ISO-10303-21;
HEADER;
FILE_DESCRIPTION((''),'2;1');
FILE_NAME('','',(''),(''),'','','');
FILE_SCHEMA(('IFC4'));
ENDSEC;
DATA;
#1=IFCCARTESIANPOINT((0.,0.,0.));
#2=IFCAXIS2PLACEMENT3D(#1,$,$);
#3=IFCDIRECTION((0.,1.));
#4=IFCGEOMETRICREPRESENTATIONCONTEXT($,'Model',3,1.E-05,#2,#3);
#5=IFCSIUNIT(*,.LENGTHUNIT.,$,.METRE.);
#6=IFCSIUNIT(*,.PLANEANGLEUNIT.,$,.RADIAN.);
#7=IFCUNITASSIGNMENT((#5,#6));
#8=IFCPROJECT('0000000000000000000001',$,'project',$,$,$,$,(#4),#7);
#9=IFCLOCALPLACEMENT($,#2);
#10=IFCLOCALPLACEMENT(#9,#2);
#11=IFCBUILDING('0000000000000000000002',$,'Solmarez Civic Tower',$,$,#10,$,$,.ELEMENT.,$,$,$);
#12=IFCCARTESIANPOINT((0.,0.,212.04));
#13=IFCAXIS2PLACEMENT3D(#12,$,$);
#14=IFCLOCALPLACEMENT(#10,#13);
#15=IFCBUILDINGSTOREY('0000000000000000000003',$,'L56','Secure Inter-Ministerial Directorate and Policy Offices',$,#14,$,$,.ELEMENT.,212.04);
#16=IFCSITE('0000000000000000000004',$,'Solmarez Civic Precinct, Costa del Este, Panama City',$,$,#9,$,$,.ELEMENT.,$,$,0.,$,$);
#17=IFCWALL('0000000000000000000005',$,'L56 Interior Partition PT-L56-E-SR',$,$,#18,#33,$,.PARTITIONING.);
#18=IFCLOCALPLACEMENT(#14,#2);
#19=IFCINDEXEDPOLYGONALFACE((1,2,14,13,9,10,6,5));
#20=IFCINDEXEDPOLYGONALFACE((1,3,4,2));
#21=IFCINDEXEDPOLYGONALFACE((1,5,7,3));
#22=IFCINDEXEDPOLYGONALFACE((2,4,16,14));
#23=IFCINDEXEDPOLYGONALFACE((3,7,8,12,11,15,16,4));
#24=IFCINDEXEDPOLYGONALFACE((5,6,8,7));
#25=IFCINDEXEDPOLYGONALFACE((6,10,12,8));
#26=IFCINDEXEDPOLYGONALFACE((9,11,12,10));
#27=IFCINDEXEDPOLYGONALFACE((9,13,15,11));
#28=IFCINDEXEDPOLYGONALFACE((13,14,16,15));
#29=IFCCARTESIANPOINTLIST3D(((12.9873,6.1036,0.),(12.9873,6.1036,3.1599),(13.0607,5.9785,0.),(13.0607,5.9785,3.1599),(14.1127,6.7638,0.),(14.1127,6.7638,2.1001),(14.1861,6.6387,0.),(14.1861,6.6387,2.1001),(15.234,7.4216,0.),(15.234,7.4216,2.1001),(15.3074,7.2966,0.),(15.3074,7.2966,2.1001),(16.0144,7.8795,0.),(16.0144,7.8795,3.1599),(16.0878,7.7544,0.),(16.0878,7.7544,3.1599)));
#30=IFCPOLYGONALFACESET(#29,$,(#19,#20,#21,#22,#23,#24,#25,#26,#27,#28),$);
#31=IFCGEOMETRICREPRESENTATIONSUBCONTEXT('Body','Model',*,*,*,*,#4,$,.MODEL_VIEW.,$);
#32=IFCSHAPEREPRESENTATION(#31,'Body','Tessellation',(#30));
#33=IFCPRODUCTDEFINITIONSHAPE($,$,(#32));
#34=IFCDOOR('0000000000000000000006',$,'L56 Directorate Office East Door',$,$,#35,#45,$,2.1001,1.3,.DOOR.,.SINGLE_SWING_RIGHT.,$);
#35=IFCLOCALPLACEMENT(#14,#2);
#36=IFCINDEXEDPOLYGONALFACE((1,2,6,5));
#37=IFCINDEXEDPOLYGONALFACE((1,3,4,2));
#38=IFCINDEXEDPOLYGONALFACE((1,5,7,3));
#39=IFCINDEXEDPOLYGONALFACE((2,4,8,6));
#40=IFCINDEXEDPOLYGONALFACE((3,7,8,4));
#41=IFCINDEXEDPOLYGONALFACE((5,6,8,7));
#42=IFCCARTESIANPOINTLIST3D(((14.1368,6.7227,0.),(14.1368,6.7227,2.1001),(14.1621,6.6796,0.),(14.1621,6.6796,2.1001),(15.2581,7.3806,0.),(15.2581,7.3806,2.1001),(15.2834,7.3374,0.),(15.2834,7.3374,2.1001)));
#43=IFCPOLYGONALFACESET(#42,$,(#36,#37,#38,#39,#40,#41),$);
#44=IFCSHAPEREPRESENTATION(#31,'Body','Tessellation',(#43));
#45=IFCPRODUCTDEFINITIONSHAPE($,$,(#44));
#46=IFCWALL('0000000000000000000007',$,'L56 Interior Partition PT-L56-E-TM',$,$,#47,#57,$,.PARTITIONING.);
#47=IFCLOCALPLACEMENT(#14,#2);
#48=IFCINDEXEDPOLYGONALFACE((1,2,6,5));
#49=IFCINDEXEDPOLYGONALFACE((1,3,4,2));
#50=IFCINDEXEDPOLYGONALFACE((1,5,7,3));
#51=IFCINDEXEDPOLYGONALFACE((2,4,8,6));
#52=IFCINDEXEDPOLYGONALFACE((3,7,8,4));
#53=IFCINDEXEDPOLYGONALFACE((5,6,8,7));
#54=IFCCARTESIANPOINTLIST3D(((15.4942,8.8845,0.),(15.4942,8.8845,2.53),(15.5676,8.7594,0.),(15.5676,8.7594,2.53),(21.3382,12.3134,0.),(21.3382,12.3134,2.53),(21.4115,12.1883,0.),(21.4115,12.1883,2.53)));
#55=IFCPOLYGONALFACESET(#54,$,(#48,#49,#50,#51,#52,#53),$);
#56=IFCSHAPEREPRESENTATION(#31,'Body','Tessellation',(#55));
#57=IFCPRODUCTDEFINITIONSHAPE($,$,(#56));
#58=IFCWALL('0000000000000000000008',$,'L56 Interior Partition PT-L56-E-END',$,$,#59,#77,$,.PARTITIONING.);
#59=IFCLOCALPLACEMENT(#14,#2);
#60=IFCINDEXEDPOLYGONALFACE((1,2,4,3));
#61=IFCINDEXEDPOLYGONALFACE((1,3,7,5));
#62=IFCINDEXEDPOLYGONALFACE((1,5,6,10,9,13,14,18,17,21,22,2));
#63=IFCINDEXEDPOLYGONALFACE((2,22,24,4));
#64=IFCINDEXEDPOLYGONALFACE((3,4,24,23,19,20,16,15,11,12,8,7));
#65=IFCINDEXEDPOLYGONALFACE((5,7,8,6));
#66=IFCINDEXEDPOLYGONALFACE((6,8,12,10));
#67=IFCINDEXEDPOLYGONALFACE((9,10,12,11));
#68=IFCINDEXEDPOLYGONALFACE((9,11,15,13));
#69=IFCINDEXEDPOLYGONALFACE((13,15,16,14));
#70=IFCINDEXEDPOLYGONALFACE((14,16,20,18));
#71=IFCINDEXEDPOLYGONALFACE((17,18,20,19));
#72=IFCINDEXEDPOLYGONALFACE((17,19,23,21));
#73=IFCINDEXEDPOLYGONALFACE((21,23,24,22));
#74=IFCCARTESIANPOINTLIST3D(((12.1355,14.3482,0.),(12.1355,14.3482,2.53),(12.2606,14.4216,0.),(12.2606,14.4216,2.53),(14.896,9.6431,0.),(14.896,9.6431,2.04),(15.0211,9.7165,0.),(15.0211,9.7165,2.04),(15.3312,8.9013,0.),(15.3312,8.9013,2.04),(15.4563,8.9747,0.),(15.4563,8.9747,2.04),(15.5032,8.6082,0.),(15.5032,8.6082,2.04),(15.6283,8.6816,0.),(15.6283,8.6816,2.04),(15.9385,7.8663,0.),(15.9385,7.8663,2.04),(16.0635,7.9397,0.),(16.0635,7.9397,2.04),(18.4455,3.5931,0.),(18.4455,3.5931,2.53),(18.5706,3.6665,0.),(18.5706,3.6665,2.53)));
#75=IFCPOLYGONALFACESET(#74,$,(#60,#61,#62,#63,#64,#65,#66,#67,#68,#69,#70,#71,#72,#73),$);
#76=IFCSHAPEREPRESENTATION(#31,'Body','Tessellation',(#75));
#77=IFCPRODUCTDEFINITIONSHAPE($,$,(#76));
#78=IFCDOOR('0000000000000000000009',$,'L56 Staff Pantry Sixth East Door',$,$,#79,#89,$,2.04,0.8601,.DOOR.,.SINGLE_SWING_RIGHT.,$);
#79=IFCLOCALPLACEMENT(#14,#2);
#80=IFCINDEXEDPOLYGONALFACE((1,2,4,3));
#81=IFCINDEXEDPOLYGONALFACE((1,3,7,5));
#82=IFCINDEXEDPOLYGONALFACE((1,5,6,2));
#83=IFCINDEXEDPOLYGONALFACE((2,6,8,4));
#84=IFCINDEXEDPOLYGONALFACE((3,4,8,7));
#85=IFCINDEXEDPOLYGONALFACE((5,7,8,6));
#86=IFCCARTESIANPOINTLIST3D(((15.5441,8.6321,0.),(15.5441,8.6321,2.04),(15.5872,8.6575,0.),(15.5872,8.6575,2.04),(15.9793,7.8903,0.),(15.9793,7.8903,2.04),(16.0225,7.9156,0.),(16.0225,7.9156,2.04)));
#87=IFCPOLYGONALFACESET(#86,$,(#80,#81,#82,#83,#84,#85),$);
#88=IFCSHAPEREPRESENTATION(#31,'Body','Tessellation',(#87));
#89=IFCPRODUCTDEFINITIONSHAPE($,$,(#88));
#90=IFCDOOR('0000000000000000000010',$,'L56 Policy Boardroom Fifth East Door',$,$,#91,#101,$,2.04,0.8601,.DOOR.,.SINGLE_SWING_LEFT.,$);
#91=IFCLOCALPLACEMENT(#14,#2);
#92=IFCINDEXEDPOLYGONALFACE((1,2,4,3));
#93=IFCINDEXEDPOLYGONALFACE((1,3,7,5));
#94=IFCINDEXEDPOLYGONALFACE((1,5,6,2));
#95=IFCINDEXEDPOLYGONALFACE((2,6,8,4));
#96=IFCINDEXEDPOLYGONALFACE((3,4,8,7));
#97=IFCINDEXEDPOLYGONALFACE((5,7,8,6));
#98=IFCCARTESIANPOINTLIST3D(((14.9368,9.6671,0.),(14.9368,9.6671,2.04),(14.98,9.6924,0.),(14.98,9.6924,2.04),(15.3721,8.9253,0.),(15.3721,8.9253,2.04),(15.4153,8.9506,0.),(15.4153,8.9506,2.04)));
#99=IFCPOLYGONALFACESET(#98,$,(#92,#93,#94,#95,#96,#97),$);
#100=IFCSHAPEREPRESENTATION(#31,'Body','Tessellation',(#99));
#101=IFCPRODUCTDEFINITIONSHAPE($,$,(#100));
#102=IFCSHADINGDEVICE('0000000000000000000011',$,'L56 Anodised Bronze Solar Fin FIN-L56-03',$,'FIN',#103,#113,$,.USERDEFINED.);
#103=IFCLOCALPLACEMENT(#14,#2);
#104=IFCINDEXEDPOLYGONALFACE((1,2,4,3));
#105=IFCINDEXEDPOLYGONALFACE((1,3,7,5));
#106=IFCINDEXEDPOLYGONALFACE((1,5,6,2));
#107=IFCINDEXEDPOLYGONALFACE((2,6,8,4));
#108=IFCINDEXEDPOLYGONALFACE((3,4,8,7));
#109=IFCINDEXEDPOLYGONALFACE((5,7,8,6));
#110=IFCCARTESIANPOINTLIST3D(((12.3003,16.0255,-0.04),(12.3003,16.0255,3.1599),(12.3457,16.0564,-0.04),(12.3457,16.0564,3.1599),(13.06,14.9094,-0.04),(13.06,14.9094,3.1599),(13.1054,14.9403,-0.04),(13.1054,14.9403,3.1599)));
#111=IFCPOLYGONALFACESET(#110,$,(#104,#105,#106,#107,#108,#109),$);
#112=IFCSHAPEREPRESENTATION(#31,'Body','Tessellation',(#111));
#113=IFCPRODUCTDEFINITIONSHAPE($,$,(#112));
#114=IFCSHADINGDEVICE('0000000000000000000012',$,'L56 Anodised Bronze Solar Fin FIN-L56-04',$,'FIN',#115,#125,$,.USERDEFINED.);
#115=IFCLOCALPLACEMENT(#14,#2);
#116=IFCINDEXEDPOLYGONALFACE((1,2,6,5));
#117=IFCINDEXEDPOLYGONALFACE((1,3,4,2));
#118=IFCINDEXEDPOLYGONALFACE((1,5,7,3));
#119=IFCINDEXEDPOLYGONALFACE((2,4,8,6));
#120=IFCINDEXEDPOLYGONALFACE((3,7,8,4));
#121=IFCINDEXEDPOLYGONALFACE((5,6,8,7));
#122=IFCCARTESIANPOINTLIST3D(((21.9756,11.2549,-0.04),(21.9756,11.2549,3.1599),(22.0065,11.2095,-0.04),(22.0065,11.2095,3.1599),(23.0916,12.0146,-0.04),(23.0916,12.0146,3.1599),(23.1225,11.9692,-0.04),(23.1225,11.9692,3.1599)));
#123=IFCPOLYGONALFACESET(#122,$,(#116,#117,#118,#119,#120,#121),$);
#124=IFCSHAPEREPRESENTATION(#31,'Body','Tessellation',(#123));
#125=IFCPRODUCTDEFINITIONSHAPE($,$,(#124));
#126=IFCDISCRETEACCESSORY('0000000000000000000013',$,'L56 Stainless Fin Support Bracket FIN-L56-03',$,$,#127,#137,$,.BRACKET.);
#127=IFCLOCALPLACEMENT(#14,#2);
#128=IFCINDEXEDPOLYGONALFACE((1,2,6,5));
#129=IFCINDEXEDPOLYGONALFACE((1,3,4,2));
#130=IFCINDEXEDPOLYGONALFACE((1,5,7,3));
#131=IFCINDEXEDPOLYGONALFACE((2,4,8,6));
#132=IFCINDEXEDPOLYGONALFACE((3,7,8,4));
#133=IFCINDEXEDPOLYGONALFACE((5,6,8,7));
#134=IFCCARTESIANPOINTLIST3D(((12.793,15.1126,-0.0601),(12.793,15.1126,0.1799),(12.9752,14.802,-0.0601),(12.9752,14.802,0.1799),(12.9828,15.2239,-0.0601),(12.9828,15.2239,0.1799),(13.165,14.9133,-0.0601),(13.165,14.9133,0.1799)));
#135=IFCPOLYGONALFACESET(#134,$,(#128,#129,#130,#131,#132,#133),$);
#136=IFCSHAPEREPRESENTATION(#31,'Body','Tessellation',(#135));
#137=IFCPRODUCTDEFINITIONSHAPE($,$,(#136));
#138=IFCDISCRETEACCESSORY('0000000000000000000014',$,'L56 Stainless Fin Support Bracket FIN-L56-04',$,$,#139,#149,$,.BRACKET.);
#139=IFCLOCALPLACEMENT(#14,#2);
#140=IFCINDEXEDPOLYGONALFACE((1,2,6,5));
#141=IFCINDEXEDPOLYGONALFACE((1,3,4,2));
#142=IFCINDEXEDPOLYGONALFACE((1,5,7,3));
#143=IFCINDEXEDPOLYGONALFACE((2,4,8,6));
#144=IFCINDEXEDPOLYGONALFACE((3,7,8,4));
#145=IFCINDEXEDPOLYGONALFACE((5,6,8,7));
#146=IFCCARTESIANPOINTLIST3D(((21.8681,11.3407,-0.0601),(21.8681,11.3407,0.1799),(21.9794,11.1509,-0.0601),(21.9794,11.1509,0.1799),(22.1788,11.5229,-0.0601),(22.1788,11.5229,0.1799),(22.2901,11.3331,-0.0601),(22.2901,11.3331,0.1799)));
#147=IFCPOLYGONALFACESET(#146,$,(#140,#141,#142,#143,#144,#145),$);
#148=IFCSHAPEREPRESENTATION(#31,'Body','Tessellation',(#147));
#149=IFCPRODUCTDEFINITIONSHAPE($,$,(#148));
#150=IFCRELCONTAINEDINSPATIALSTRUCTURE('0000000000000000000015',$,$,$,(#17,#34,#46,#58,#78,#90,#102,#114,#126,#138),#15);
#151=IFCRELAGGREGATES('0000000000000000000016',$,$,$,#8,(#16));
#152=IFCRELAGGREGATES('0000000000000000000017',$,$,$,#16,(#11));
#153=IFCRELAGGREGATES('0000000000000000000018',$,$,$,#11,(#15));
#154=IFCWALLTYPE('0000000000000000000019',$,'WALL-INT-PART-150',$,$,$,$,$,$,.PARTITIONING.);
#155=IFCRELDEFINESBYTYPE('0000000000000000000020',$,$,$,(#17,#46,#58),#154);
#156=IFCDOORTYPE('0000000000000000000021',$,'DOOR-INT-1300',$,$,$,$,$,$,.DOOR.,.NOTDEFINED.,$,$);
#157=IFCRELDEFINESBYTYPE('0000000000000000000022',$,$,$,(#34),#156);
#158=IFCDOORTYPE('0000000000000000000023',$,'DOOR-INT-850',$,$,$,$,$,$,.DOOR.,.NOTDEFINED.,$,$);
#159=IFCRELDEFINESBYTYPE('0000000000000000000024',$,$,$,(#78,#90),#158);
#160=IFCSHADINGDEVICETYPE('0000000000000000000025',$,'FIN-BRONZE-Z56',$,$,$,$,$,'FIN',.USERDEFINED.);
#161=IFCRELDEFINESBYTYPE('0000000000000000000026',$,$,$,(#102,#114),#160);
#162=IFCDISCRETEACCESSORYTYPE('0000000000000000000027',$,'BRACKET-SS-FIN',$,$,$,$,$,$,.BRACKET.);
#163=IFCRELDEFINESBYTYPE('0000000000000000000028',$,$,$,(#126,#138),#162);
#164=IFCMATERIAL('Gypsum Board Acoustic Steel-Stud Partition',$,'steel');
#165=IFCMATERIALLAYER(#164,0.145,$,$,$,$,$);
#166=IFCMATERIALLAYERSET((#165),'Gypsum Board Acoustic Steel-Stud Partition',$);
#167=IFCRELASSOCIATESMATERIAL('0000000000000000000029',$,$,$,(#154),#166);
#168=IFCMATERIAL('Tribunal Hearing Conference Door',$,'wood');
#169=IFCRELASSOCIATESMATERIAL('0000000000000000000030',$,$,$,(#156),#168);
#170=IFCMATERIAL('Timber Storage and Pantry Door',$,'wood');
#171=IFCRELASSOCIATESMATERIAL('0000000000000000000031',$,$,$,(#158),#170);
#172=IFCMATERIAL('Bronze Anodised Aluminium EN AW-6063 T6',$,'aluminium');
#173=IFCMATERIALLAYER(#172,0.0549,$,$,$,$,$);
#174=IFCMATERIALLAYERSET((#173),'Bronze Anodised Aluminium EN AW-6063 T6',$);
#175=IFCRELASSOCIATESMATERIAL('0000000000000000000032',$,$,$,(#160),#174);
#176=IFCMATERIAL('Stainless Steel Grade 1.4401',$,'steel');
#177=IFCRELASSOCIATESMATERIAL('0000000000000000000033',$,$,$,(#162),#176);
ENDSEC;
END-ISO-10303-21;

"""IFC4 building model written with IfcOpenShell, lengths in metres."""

from ifc_helpers import new_model, si_unit, direction, frame, frame_2d, origin, origin_2d, place, context, subcontext, project, spatial, rectangle, extrude, material, layer, layer_set, type_object, element, fill, save


model = new_model("IFC4")

# Units and contexts
model_context = context("Model", 3, precision=1e-05, world=origin(), true_north=direction((0.0, 1.0)))
body_context = subcontext(model_context, "Body", "Model", "MODEL_VIEW")
ifc_project = project(units=[si_unit("LENGTHUNIT", "METRE"), si_unit("PLANEANGLEUNIT", "RADIAN")], contexts=[model_context])

# Site, building, storey
site_placement = place(None, origin())
site = spatial("IfcSite", under=ifc_project, at=site_placement, Name="Solmarez Civic Precinct, Costa del Este, Panama City", CompositionType="ELEMENT", RefElevation=0.0)
building_placement = place(site_placement, origin())
building = spatial("IfcBuilding", under=site, at=building_placement, Name="Solmarez Civic Tower", CompositionType="ELEMENT")
storey_placement = place(building_placement, frame((0.0, 0.0, 212.04)))
storey = spatial("IfcBuildingStorey", under=building, at=storey_placement, Name="L56", Description="Secure Inter-Ministerial Directorate and Policy Offices", CompositionType="ELEMENT", Elevation=212.04)

# Shared definitions
ifc_material_1 = material(Name="Bronze Anodised Aluminium EN AW-6063 T6", Category="aluminium")

# Wall, opening, door
ifc_material_2 = material(Name="Gypsum Board Acoustic Steel-Stud Partition", Category="steel")
ifc_layer_1 = layer(ifc_material_2, 0.145)
ifc_layer_set_1 = layer_set([ifc_layer_1], Name="Gypsum Board Acoustic Steel-Stud Partition")
wall_type_1 = type_object("IfcWallType", Name="WALL-INT-PART-150", PredefinedType="PARTITIONING", material=ifc_layer_set_1)
ifc_material_3 = material(Name="Tribunal Hearing Conference Door", Category="wood")
door_type_1 = type_object("IfcDoorType", Name="DOOR-INT-1300", OperationType="NOTDEFINED", PredefinedType="DOOR", material=ifc_material_3)
wall_1_placement = place(storey_placement, frame((13.0239, 6.041, 0.0), z_axis=(0.0, 0.0, 1.0), x_axis=(0.862527, 0.50601, 0.0)))
wall_1 = element("IfcWall", 1, at=wall_1_placement, inside=storey, type_object=wall_type_1, Name="L56 Interior Partition PT-L56-E-SR", PredefinedType="PARTITIONING", context=body_context, shape_type="SweptSolid", body=[
    extrude(rectangle(XDim=3.5095, YDim=0.145, at=frame_2d((1.7549, 0.0))), origin(), (0.0, 0.0, 1.0), 3.1599),
])
opening_1_placement = place(wall_1_placement, frame((1.3049, 0.0, 0.0)))
opening_1 = element("IfcOpeningElement", 2, at=opening_1_placement, cuts=wall_1, PredefinedType="OPENING", context=body_context, shape_type="SweptSolid", body=[
    extrude(rectangle(XDim=1.3, YDim=2.1001, at=frame_2d((0.6499, 1.05))), frame((0.0, 0.0825, 0.0), z_axis=(0.0, -1.0, 0.0), x_axis=(1.0, 0.0, 0.0)), (0.0, 0.0, 1.0), 0.165),
])
door_1_placement = place(opening_1_placement, origin())
door_1 = element("IfcDoor", 3, at=door_1_placement, inside=storey, type_object=door_type_1, Name="L56 Directorate Office East Door", OperationType="SINGLE_SWING_RIGHT", OverallHeight=2.1001, OverallWidth=1.3, PredefinedType="DOOR", context=body_context, shape_type="SweptSolid", body=[
    extrude(rectangle(XDim=1.3, YDim=2.1001, at=frame_2d((0.6499, 1.05))), frame((0.0, 0.0249, 0.0), z_axis=(0.0, -1.0, 0.0), x_axis=(1.0, 0.0, 0.0)), (0.0, 0.0, 1.0), 0.05),
])
fill(opening_1, door_1)

# Wall
wall_2_placement = place(storey_placement, frame((15.531, 8.822, 0.0), z_axis=(0.0, 0.0, 1.0), x_axis=(0.862494, 0.506067, 0.0)))
element("IfcWall", 4, at=wall_2_placement, inside=storey, type_object=wall_type_1, Name="L56 Interior Partition PT-L56-E-TM", PredefinedType="PARTITIONING", context=body_context, shape_type="SweptSolid", body=[
    extrude(rectangle(XDim=6.7756, YDim=0.145, at=frame_2d((3.3877, 0.0))), origin(), (0.0, 0.0, 1.0), 2.53),
])

# Wall, openings, doors
wall_3_placement = place(storey_placement, frame((12.198, 14.385, 0.0), z_axis=(0.0, 0.0, 1.0), x_axis=(0.506038, -0.862511, 0.0)))
wall_3 = element("IfcWall", 5, at=wall_3_placement, inside=storey, type_object=wall_type_1, Name="L56 Interior Partition PT-L56-E-END", PredefinedType="PARTITIONING", context=body_context, shape_type="SweptSolid", body=[
    extrude(rectangle(XDim=12.4695, YDim=0.145, at=frame_2d((6.2349, 0.0))), origin(), (0.0, 0.0, 1.0), 2.53),
])
opening_2_placement = place(wall_3_placement, frame((6.655, 0.0, 0.0)))
opening_2 = element("IfcOpeningElement", 6, at=opening_2_placement, cuts=wall_3, PredefinedType="OPENING", context=body_context, shape_type="SweptSolid", body=[
    extrude(rectangle(XDim=0.8601, YDim=2.04, at=frame_2d((0.4302, 1.02))), frame((0.0, 0.0825, 0.0), z_axis=(0.0, -1.0, 0.0), x_axis=(1.0, 0.0, 0.0)), (0.0, 0.0, 1.0), 0.165),
])
opening_3_placement = place(wall_3_placement, frame((5.4551, 0.0, 0.0)))
opening_3 = element("IfcOpeningElement", 7, at=opening_3_placement, cuts=wall_3, PredefinedType="OPENING", context=body_context, shape_type="SweptSolid", body=[
    extrude(rectangle(XDim=0.8601, YDim=2.04, at=frame_2d((0.4302, 1.02))), frame((0.0, 0.0825, 0.0), z_axis=(0.0, -1.0, 0.0), x_axis=(1.0, 0.0, 0.0)), (0.0, 0.0, 1.0), 0.165),
])
ifc_material_4 = material(Name="Timber Storage and Pantry Door", Category="wood")
door_type_2 = type_object("IfcDoorType", Name="DOOR-INT-850", OperationType="NOTDEFINED", PredefinedType="DOOR", material=ifc_material_4)
door_2_placement = place(opening_2_placement, origin())
door_2 = element("IfcDoor", 8, at=door_2_placement, inside=storey, type_object=door_type_2, Name="L56 Staff Pantry Sixth East Door", OperationType="SINGLE_SWING_RIGHT", OverallHeight=2.04, OverallWidth=0.8601, PredefinedType="DOOR", context=body_context, shape_type="SweptSolid", body=[
    extrude(rectangle(XDim=0.8601, YDim=2.04, at=frame_2d((0.4302, 1.02))), frame((0.0, 0.0249, 0.0), z_axis=(0.0, -1.0, 0.0), x_axis=(1.0, 0.0, 0.0)), (0.0, 0.0, 1.0), 0.05),
])
fill(opening_2, door_2)
door_3_placement = place(opening_3_placement, origin())
door_3 = element("IfcDoor", 9, at=door_3_placement, inside=storey, type_object=door_type_2, Name="L56 Policy Boardroom Fifth East Door", OperationType="SINGLE_SWING_LEFT", OverallHeight=2.04, OverallWidth=0.8601, PredefinedType="DOOR", context=body_context, shape_type="SweptSolid", body=[
    extrude(rectangle(XDim=0.8601, YDim=2.04, at=frame_2d((0.4302, 1.02))), frame((0.0, 0.0249, 0.0), z_axis=(0.0, -1.0, 0.0), x_axis=(1.0, 0.0, 0.0)), (0.0, 0.0, 1.0), 0.05),
])
fill(opening_3, door_3)

# Shading devices
ifc_layer_2 = layer(ifc_material_1, 0.0549)
ifc_layer_set_2 = layer_set([ifc_layer_2], Name="Bronze Anodised Aluminium EN AW-6063 T6")
shading_device_type = type_object("IfcShadingDeviceType", Name="FIN-BRONZE-Z56", ElementType="FIN", PredefinedType="USERDEFINED", material=ifc_layer_set_2)
for number, where, z_axis, x_axis, name in (
    (10, (12.7029, 15.4829, -0.04), (0.0, 0.0, 1.0), (-0.56269, 0.826668, 0.0), "L56 Anodised Bronze Solar Fin FIN-L56-03"),
    (11, (22.5491, 11.6121, -0.04), (0.0, 0.0, 1.0), (0.826639, 0.562733, 0.0), "L56 Anodised Bronze Solar Fin FIN-L56-04"),
):
    element("IfcShadingDevice", number, at=place(storey_placement, frame(where, z_axis=z_axis, x_axis=x_axis)), inside=storey, type_object=shading_device_type, Name=name, ObjectType="FIN", PredefinedType="USERDEFINED", context=body_context, shape_type="SweptSolid", body=[
        extrude(rectangle(XDim=1.3501, YDim=0.0549, at=origin_2d()), origin(), (0.0, 0.0, 1.0), 3.2),
    ])

# Discrete accessories
ifc_material_5 = material(Name="Stainless Steel Grade 1.4401", Category="steel")
discrete_accessory_type = type_object("IfcDiscreteAccessoryType", Name="BRACKET-SS-FIN", PredefinedType="BRACKET", material=ifc_material_5)
for number, where, z_axis, x_axis, name in (
    (12, (12.979, 15.0129, -0.0601), (0.0, 0.0, 1.0), (-0.505919, 0.862581, 0.0), "L56 Stainless Fin Support Bracket FIN-L56-03"),
    (13, (22.0791, 11.3369, -0.0601), (0.0, 0.0, 1.0), (0.862557, 0.505961, 0.0), "L56 Stainless Fin Support Bracket FIN-L56-04"),
):
    element("IfcDiscreteAccessory", number, at=place(storey_placement, frame(where, z_axis=z_axis, x_axis=x_axis)), inside=storey, type_object=discrete_accessory_type, Name=name, PredefinedType="BRACKET", context=body_context, shape_type="SweptSolid", body=[
        extrude(rectangle(XDim=0.3601, YDim=0.22, at=origin_2d()), origin(), (0.0, 0.0, 1.0), 0.24),
    ])

save(model, "model.ifc")
